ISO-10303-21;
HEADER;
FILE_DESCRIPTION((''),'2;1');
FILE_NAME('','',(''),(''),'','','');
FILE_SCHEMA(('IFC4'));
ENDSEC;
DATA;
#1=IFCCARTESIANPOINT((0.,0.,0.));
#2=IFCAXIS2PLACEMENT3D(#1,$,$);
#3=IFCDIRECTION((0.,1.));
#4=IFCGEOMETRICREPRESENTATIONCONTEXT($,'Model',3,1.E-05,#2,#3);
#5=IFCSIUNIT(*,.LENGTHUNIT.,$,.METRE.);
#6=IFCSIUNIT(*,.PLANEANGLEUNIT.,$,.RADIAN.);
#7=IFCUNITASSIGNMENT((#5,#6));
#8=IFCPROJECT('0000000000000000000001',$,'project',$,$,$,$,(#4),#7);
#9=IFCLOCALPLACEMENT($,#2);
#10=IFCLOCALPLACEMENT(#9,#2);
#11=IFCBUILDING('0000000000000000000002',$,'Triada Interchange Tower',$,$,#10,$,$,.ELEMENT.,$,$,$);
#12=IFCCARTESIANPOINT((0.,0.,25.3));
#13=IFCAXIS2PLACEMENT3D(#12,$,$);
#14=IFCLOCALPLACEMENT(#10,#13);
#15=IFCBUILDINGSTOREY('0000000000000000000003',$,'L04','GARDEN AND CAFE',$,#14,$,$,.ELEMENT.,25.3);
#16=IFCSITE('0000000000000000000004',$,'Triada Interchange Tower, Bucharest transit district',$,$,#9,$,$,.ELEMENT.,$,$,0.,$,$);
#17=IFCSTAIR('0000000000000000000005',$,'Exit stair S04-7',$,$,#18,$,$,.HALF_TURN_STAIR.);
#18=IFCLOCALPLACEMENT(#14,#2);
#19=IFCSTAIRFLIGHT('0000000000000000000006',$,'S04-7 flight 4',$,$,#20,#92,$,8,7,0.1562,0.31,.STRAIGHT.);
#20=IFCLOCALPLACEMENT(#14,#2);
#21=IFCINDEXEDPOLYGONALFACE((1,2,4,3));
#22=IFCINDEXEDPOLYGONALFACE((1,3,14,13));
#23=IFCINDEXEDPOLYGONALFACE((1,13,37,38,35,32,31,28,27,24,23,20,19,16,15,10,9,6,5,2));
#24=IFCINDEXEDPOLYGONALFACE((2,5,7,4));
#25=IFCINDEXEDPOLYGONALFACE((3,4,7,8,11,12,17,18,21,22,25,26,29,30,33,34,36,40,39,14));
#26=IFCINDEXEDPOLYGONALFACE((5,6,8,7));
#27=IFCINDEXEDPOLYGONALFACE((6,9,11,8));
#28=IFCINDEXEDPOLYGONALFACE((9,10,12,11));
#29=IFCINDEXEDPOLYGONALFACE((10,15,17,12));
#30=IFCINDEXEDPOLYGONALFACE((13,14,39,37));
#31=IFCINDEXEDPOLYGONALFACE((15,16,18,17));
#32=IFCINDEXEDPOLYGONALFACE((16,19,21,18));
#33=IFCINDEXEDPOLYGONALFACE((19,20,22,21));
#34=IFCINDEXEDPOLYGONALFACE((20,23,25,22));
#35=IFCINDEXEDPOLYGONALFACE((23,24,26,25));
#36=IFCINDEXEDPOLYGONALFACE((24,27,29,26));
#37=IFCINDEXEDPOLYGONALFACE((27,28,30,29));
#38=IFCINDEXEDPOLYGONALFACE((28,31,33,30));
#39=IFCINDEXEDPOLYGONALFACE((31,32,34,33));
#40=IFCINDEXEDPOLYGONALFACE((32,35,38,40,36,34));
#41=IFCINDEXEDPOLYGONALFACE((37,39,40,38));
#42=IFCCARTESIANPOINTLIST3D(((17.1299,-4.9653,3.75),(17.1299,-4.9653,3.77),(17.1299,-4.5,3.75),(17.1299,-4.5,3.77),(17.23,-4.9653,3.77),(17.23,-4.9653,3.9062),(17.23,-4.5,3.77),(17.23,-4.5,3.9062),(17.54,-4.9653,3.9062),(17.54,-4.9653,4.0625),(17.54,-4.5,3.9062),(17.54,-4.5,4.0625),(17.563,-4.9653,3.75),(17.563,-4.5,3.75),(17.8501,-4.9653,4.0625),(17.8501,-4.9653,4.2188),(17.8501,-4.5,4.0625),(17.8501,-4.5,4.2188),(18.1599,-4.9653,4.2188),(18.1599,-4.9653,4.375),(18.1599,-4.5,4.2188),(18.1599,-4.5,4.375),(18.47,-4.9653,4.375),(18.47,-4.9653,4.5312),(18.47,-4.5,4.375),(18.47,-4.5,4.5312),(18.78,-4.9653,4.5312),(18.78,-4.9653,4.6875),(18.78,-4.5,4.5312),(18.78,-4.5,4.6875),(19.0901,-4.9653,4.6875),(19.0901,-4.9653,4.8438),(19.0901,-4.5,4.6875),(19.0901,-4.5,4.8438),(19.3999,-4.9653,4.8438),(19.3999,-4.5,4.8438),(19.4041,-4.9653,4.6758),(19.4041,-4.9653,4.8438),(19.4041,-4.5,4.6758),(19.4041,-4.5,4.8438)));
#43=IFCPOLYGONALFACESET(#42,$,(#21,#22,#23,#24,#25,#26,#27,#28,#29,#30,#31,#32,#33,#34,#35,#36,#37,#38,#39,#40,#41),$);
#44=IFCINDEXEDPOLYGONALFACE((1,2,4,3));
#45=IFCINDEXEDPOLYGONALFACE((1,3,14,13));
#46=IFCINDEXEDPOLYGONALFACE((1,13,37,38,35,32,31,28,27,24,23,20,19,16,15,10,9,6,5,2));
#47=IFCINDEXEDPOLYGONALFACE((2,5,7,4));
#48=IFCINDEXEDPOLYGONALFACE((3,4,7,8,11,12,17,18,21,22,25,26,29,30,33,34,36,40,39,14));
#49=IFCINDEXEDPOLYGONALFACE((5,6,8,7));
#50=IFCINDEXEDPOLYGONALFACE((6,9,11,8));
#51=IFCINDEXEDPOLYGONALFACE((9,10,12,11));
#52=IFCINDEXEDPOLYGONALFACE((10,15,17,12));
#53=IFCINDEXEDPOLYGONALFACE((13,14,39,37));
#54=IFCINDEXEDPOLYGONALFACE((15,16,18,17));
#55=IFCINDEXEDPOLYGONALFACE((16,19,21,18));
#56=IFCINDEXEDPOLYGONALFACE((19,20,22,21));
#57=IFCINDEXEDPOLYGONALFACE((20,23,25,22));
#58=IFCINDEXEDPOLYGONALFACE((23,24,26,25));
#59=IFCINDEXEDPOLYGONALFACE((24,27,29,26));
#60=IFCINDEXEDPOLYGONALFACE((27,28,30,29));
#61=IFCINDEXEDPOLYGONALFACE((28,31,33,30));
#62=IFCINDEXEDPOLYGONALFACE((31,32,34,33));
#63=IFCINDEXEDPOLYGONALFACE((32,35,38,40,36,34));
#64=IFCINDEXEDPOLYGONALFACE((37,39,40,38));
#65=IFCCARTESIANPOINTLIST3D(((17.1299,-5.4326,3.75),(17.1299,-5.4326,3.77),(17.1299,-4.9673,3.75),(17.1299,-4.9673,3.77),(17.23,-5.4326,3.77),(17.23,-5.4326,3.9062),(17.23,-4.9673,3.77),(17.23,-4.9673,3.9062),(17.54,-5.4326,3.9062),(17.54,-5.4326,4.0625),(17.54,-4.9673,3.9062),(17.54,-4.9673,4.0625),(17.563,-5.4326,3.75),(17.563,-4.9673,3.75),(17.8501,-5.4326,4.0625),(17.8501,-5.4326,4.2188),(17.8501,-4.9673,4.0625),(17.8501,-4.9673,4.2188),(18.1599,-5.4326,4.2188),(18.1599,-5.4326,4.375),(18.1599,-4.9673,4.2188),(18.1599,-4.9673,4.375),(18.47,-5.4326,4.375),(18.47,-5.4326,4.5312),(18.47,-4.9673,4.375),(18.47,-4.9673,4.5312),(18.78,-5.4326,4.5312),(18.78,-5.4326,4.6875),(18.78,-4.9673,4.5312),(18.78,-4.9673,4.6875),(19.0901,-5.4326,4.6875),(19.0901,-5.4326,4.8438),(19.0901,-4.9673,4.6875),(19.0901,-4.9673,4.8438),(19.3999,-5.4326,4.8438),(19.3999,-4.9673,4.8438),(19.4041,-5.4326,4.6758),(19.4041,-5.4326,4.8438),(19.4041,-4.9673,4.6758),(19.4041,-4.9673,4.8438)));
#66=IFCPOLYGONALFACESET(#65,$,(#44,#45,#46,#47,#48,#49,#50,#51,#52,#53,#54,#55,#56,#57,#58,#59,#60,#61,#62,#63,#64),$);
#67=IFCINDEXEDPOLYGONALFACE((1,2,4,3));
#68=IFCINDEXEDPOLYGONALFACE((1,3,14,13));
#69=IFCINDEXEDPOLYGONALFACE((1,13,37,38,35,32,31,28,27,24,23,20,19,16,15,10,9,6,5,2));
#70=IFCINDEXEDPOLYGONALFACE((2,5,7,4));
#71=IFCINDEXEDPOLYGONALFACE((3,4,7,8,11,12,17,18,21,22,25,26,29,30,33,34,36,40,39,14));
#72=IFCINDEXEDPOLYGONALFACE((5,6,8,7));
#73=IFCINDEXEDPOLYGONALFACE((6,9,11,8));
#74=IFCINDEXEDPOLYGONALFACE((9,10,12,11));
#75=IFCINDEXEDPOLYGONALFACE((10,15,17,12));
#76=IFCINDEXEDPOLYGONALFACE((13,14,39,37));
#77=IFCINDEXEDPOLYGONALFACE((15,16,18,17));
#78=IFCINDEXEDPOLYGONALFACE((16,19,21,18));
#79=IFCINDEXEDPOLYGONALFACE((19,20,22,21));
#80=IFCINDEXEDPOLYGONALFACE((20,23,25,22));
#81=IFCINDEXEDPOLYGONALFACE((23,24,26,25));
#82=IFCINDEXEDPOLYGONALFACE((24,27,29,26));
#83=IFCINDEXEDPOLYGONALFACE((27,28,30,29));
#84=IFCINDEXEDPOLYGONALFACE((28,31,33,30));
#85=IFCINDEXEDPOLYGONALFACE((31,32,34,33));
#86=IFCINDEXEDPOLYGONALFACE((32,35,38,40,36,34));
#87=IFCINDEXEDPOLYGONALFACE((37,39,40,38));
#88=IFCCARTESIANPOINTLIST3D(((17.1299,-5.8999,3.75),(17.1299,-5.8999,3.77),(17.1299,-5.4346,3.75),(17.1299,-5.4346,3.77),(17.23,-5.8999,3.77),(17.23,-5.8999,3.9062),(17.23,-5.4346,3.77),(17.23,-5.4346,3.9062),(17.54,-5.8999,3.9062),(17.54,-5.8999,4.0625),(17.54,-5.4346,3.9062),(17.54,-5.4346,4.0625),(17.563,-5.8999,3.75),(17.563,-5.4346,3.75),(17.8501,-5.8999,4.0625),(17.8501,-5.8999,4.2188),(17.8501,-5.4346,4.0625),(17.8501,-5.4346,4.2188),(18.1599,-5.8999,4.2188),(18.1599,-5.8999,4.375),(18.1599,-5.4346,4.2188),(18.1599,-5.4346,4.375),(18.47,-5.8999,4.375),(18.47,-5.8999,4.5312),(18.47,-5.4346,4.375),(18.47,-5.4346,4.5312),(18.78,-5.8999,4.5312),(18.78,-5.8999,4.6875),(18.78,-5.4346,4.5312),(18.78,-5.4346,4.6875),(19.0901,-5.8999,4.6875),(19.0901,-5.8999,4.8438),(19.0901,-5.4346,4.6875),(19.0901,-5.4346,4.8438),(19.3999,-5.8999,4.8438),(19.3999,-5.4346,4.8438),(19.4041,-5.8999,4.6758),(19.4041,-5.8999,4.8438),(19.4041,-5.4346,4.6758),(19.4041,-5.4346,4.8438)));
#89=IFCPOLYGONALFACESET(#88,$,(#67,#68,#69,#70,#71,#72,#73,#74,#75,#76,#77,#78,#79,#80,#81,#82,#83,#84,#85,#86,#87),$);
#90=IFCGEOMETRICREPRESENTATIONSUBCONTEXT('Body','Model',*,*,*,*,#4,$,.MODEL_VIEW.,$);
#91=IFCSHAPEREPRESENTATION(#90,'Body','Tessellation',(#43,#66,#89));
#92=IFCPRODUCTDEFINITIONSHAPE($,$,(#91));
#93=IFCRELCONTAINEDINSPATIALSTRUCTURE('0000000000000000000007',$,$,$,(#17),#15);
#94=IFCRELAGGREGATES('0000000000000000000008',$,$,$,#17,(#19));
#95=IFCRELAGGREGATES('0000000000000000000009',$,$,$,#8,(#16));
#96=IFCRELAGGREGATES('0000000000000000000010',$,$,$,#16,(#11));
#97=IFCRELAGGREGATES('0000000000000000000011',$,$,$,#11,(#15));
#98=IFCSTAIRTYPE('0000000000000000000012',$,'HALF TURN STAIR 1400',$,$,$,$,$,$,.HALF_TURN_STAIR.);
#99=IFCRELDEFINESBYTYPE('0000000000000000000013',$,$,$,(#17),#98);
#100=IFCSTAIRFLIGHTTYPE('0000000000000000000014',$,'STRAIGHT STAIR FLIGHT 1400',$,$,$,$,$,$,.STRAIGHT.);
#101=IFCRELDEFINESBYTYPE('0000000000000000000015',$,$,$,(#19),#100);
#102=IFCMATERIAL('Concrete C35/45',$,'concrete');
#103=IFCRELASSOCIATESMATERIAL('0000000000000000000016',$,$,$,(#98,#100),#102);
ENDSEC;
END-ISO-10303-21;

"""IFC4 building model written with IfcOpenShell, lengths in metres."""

from ifc_helpers import new_model, si_unit, direction, frame, origin, place, context, subcontext, project, spatial, polyline, outline, extrude, material, type_object, element, aggregate, save


model = new_model("IFC4")

# Units and contexts
model_context = context("Model", 3, precision=1e-05, world=origin(), true_north=direction((0.0, 1.0)))
body_context = subcontext(model_context, "Body", "Model", "MODEL_VIEW")
ifc_project = project(units=[si_unit("LENGTHUNIT", "METRE"), si_unit("PLANEANGLEUNIT", "RADIAN")], contexts=[model_context])

# Site, building, storey
site_placement = place(None, origin())
site = spatial("IfcSite", under=ifc_project, at=site_placement, Name="Triada Interchange Tower, Bucharest transit district", CompositionType="ELEMENT", RefElevation=0.0)
building_placement = place(site_placement, origin())
building = spatial("IfcBuilding", under=site, at=building_placement, Name="Triada Interchange Tower", CompositionType="ELEMENT")
storey_placement = place(building_placement, frame((0.0, 0.0, 25.3)))
storey = spatial("IfcBuildingStorey", under=building, at=storey_placement, Name="L04", Description="GARDEN AND CAFE", CompositionType="ELEMENT", Elevation=25.3)

# Stair, stair flight
ifc_material_1 = material(Name="Concrete C35/45", Category="concrete")
stair_type = type_object("IfcStairType", Name="HALF TURN STAIR 1400", PredefinedType="HALF_TURN_STAIR", material=ifc_material_1)
stair_placement = place(storey_placement, origin())
stair = element("IfcStair", 1, at=stair_placement, inside=storey, type_object=stair_type, Name="Exit stair S04-7", PredefinedType="HALF_TURN_STAIR")
stair_flight_type = type_object("IfcStairFlightType", Name="STRAIGHT STAIR FLIGHT 1400", PredefinedType="STRAIGHT", material=ifc_material_1)
stair_flight_1_placement = place(storey_placement, frame((17.23, -5.2, 3.75), z_axis=(0.0, 0.0, 1.0), x_axis=(1.0, 0.0, 0.0)))
stair_flight_1 = element("IfcStairFlight", 2, at=stair_flight_1_placement, type_object=stair_flight_type, Name="S04-7 flight 4", NumberOfRisers=8, NumberOfTreads=7, PredefinedType="STRAIGHT", RiserHeight=0.1562, TreadLength=0.31, context=body_context, shape_type="SweptSolid", body=[
    extrude(outline(polyline([(-0.1001, 0.0), (-0.1001, 0.02), (0.0, 0.02), (0.0, 0.1562), (0.3101, 0.1562), (0.3101, 0.3125), (0.6201, 0.3125), (0.6201, 0.4688), (0.9299, 0.4688), (0.9299, 0.625), (1.24, 0.625), (1.24, 0.7812), (1.55, 0.7812), (1.55, 0.9375), (1.8601, 0.9375), (1.8601, 1.0938), (2.1699, 1.0938), (2.1741, 1.0938), (2.1741, 1.25), (2.1741, 0.9258), (0.333, 0.0), (-0.1001, 0.0)])), frame((0.0, 0.7, 0.0), z_axis=(0.0, -1.0, 0.0), x_axis=(1.0, 0.0, 0.0)), (0.0, 0.0, 1.0), 0.4653),
    extrude(outline(polyline([(-0.1001, 0.0), (-0.1001, 0.02), (0.0, 0.02), (0.0, 0.1562), (0.3101, 0.1562), (0.3101, 0.3125), (0.6201, 0.3125), (0.6201, 0.4688), (0.9299, 0.4688), (0.9299, 0.625), (1.24, 0.625), (1.24, 0.7812), (1.55, 0.7812), (1.55, 0.9375), (1.8601, 0.9375), (1.8601, 1.0938), (2.1699, 1.0938), (2.1741, 1.0938), (2.1741, 1.25), (2.1741, 0.9258), (0.333, 0.0), (-0.1001, 0.0)])), frame((0.0, 0.2327, 0.0), z_axis=(0.0, -1.0, 0.0), x_axis=(1.0, 0.0, 0.0)), (0.0, 0.0, 1.0), 0.4653),
    extrude(outline(polyline([(-0.1001, 0.0), (-0.1001, 0.02), (0.0, 0.02), (0.0, 0.1562), (0.3101, 0.1562), (0.3101, 0.3125), (0.6201, 0.3125), (0.6201, 0.4688), (0.9299, 0.4688), (0.9299, 0.625), (1.24, 0.625), (1.24, 0.7812), (1.55, 0.7812), (1.55, 0.9375), (1.8601, 0.9375), (1.8601, 1.0938), (2.1699, 1.0938), (2.1741, 1.0938), (2.1741, 1.25), (2.1741, 0.9258), (0.333, 0.0), (-0.1001, 0.0)])), frame((0.0, -0.2346, 0.0), z_axis=(0.0, -1.0, 0.0), x_axis=(1.0, 0.0, 0.0)), (0.0, 0.0, 1.0), 0.4653),
])
aggregate(stair, [stair_flight_1])

save(model, "model.ifc")
